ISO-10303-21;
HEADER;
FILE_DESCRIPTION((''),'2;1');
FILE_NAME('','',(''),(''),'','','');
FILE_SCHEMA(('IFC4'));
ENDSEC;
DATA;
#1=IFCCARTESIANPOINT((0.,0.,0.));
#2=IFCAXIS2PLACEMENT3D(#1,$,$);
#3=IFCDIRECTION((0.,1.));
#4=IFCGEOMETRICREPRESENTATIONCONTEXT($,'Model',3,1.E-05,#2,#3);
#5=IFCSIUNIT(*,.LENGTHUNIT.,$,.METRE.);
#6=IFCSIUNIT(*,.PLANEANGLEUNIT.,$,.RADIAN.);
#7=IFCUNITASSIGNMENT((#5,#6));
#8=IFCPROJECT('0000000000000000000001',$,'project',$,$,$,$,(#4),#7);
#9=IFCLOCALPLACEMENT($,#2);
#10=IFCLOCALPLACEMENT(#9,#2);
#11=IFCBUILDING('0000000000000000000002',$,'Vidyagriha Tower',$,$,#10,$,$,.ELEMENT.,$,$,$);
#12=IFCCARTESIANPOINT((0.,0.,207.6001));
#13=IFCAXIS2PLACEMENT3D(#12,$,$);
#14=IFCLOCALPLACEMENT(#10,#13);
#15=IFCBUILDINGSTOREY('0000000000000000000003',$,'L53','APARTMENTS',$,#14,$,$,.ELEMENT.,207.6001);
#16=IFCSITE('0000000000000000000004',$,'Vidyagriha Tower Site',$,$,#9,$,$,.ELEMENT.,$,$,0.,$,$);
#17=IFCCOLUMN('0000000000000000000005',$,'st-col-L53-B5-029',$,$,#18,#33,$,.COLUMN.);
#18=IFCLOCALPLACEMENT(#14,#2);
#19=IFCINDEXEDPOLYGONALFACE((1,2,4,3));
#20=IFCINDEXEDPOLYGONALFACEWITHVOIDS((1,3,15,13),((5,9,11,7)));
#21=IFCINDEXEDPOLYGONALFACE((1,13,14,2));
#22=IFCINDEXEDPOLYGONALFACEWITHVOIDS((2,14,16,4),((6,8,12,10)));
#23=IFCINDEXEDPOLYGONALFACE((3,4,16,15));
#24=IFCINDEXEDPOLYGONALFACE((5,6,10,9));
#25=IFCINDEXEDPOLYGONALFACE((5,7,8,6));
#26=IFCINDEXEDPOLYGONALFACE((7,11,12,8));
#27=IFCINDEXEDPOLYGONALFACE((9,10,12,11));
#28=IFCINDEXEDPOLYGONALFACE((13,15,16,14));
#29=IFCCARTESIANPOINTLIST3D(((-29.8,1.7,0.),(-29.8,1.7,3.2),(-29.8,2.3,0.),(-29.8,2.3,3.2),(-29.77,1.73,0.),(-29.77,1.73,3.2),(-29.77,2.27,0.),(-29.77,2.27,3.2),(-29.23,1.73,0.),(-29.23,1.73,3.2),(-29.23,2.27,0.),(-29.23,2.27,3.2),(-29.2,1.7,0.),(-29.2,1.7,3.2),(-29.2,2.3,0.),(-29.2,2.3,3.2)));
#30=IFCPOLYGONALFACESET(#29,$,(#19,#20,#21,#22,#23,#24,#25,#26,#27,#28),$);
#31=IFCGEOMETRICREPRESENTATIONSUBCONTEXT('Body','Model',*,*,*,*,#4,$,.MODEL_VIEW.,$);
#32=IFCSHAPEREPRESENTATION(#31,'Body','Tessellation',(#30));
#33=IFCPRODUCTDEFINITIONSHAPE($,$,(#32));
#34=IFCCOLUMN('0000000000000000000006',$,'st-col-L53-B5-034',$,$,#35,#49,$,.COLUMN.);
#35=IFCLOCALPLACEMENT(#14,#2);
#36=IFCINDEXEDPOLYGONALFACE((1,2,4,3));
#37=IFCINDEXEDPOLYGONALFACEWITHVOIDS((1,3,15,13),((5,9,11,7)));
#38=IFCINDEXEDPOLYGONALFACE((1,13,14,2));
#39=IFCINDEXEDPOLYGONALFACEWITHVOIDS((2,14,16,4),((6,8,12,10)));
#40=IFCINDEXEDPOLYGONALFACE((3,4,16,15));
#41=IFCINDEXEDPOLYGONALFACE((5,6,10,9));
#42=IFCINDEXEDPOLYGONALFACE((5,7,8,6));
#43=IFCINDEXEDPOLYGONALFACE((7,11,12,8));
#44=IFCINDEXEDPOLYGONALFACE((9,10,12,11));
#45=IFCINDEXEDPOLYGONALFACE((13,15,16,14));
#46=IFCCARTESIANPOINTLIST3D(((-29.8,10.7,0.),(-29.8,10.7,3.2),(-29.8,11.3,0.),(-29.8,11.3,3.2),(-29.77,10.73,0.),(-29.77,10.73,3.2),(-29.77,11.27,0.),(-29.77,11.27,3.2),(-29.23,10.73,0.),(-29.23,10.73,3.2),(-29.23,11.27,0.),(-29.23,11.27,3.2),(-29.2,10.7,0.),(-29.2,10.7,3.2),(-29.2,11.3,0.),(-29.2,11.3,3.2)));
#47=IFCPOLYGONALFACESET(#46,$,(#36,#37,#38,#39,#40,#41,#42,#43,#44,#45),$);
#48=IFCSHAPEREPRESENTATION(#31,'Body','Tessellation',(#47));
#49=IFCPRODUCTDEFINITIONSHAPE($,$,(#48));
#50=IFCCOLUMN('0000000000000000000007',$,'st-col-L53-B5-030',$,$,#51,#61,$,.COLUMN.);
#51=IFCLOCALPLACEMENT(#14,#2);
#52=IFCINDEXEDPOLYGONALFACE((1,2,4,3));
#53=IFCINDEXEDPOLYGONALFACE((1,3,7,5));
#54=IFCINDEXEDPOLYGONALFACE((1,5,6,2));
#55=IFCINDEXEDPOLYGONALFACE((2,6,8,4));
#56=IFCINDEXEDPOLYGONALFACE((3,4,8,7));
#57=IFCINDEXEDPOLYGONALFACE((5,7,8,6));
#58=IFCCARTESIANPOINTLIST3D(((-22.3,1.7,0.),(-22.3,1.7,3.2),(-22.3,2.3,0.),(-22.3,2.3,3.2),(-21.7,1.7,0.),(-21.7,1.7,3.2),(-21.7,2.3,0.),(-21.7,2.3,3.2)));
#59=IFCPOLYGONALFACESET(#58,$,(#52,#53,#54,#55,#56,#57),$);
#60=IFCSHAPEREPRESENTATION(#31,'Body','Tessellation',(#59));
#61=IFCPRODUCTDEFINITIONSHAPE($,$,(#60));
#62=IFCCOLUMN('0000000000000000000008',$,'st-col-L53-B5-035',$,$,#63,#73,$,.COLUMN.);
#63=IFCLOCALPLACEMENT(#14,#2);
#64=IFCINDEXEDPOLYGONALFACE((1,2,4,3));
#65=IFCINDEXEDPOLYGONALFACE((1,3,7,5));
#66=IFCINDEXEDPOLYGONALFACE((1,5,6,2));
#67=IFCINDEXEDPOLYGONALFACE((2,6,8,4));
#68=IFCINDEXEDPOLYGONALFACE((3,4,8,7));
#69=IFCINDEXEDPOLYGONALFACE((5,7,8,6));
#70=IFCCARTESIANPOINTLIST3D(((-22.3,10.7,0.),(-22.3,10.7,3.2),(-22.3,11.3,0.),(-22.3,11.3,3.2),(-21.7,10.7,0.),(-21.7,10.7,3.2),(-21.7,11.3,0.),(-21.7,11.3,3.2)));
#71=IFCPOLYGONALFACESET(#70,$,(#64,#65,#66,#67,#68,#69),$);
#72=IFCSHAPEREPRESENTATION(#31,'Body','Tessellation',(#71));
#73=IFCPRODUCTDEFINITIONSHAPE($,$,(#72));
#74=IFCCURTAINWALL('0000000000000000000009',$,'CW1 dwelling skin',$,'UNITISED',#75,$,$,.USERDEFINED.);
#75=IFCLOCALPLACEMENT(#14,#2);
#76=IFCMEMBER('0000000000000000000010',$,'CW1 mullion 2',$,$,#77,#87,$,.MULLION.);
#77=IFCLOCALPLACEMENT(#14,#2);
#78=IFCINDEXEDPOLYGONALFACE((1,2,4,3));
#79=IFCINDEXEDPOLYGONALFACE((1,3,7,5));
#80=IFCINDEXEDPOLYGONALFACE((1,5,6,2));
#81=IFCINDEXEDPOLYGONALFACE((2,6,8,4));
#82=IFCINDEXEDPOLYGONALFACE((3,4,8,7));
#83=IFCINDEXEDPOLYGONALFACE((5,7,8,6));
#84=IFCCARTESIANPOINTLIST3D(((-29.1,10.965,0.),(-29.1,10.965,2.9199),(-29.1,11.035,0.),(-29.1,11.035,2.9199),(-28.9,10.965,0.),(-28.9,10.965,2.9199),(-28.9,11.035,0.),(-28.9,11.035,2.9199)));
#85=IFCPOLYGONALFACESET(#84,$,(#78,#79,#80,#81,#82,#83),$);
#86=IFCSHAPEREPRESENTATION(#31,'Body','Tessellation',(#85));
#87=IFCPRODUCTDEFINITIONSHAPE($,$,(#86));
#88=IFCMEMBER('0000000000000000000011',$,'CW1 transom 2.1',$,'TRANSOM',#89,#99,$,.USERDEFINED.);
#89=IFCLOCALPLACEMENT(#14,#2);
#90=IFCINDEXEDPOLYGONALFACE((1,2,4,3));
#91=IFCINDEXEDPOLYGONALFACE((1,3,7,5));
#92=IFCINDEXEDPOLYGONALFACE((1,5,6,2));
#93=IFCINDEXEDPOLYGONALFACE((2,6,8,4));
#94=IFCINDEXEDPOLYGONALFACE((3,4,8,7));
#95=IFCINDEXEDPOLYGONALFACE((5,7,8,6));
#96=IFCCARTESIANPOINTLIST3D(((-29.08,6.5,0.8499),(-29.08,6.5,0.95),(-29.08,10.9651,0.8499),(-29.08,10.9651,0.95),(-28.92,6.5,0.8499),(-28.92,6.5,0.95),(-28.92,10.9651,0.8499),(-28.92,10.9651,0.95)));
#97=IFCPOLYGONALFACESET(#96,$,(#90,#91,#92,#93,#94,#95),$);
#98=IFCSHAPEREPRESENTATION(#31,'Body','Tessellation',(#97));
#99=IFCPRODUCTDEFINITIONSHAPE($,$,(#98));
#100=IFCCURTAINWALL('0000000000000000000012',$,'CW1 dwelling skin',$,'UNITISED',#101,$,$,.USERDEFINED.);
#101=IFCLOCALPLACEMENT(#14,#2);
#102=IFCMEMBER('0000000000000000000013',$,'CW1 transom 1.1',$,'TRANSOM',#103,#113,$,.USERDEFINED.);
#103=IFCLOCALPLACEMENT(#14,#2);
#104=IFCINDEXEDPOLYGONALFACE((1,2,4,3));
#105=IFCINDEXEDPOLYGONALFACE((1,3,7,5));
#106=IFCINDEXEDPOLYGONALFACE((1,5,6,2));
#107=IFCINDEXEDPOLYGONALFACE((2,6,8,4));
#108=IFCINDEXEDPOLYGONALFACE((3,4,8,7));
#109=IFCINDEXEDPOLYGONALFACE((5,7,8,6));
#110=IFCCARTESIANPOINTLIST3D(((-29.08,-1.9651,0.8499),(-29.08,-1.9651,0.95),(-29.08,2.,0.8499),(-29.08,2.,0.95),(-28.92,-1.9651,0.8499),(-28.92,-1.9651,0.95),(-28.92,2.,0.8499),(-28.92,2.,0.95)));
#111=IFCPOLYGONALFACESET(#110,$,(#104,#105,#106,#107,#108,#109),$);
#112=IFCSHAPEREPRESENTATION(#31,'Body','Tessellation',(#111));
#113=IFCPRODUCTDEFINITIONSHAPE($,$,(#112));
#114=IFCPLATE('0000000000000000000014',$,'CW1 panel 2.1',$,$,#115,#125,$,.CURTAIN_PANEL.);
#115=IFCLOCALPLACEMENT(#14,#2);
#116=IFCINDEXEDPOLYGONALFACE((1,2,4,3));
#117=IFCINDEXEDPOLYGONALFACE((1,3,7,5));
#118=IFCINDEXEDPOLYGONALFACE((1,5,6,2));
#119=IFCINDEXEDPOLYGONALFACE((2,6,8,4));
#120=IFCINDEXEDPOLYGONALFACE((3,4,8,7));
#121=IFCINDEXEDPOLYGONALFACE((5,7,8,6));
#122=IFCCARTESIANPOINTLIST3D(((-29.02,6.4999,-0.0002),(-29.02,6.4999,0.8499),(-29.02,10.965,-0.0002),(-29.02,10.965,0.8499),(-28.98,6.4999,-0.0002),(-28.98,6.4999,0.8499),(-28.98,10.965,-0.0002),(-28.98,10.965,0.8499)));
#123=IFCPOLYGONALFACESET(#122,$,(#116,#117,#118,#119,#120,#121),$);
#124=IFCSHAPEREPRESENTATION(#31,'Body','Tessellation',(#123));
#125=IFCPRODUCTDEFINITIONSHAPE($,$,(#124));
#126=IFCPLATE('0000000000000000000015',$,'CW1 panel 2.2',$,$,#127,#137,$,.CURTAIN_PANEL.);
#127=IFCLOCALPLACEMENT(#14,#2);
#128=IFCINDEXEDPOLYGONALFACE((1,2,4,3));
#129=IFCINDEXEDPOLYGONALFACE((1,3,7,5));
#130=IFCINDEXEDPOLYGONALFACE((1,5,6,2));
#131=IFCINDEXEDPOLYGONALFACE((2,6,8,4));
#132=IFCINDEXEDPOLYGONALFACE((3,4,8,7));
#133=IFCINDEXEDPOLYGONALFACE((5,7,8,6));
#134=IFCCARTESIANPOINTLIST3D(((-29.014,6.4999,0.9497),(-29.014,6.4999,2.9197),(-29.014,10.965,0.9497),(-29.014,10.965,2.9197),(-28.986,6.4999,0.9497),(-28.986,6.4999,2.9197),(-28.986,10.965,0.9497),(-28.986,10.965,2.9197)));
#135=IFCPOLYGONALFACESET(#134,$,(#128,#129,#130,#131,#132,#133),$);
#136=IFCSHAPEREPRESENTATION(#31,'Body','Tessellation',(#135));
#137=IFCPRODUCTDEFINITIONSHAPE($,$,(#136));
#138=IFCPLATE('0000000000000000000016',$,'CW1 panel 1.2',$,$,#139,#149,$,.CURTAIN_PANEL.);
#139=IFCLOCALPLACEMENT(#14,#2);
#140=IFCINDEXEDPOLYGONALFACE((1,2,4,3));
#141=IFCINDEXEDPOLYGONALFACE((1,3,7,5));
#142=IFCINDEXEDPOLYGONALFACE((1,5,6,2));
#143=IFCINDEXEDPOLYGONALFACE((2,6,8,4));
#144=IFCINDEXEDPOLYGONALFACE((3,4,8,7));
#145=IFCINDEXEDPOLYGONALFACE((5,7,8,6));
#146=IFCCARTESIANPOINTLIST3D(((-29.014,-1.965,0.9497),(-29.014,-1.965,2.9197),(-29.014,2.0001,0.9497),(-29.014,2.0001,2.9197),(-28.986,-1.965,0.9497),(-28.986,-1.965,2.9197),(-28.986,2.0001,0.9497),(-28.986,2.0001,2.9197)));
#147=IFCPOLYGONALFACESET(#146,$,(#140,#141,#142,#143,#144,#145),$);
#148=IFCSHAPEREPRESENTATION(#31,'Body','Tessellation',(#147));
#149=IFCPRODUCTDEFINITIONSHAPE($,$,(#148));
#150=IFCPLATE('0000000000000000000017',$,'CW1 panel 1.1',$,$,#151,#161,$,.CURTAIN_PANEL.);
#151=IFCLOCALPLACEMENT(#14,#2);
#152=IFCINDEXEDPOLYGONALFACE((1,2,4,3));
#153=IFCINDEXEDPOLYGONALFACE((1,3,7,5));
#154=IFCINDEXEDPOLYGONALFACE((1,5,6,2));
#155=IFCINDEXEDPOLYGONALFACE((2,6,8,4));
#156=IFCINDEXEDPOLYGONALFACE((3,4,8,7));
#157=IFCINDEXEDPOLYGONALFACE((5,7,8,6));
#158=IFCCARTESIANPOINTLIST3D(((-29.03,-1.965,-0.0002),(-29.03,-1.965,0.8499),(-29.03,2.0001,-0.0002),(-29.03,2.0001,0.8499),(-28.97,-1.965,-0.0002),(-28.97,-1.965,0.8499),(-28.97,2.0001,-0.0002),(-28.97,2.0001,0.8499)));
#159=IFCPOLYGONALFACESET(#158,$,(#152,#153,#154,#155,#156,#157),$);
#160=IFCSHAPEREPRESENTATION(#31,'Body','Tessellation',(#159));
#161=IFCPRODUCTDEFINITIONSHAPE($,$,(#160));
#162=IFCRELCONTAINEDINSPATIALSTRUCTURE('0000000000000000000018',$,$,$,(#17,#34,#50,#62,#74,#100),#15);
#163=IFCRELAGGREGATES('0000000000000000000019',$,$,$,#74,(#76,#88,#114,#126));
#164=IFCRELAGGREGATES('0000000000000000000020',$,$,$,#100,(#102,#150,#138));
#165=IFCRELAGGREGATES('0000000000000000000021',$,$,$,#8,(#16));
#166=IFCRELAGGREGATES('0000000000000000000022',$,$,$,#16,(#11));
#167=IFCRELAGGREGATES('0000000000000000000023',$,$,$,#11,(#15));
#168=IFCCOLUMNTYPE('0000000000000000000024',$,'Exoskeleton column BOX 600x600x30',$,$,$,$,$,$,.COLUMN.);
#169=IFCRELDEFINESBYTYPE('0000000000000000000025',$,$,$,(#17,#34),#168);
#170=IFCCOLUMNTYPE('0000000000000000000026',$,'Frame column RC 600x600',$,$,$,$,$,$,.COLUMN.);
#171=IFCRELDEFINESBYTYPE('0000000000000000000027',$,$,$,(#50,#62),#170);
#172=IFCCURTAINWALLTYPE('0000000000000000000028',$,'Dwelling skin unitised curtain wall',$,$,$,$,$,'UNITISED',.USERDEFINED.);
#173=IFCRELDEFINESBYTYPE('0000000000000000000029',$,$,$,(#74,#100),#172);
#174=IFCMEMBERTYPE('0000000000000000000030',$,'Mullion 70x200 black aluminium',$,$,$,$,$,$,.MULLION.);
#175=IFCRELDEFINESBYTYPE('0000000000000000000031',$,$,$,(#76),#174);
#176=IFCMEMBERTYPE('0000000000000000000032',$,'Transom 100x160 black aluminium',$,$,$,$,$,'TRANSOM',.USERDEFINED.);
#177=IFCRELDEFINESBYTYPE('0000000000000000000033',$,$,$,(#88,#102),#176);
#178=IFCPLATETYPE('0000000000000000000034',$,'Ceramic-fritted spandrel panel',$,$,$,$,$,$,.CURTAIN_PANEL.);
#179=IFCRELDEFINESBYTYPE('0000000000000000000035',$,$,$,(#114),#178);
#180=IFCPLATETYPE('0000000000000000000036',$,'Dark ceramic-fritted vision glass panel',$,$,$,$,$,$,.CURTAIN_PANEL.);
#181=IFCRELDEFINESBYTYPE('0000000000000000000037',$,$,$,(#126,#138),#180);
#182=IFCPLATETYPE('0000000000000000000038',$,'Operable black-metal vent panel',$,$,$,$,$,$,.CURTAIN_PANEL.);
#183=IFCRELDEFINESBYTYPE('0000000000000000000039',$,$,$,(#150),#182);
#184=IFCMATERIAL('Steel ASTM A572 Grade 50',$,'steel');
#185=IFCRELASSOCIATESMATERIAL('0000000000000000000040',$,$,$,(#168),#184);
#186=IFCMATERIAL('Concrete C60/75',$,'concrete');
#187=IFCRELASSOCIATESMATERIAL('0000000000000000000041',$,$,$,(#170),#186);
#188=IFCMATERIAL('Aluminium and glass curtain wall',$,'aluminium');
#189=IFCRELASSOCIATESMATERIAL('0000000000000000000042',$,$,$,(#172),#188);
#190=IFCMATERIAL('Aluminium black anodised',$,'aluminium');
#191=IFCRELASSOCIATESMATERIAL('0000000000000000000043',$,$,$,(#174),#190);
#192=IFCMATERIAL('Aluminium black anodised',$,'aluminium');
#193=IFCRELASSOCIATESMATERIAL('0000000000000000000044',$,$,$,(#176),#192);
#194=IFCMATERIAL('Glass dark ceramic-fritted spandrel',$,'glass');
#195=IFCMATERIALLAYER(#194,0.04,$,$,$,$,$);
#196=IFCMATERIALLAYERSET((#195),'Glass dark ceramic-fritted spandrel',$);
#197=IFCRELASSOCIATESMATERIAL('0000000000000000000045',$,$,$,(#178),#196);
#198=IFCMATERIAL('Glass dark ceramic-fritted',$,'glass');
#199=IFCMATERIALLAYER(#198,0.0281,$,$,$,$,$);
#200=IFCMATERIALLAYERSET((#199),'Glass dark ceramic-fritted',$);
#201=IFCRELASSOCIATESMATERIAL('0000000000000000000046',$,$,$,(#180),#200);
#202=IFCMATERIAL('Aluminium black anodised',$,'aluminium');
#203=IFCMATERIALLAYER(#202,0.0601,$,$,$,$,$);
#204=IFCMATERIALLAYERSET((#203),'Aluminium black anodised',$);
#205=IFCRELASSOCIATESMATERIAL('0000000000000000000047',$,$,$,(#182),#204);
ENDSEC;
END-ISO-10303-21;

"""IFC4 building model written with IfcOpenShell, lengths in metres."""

from ifc_helpers import new_model, si_unit, direction, frame, origin, origin_2d, place, context, subcontext, project, spatial, rectangle, hollow_rectangle, extrude, material, layer, layer_set, material_profile, profile_set, type_object, element, aggregate, save


model = new_model("IFC4")

# Units and contexts
model_context = context("Model", 3, precision=1e-05, world=origin(), true_north=direction((0.0, 1.0)))
body_context = subcontext(model_context, "Body", "Model", "MODEL_VIEW")
ifc_project = project(units=[si_unit("LENGTHUNIT", "METRE"), si_unit("PLANEANGLEUNIT", "RADIAN")], contexts=[model_context])

# Site, building, storey
site_placement = place(None, origin())
site = spatial("IfcSite", under=ifc_project, at=site_placement, Name="Vidyagriha Tower Site", CompositionType="ELEMENT", RefElevation=0.0)
building_placement = place(site_placement, origin())
building = spatial("IfcBuilding", under=site, at=building_placement, Name="Vidyagriha Tower", CompositionType="ELEMENT")
storey_placement = place(building_placement, frame((0.0, 0.0, 207.6001)))
storey = spatial("IfcBuildingStorey", under=building, at=storey_placement, Name="L53", Description="APARTMENTS", CompositionType="ELEMENT", Elevation=207.6001)

# Columns
ifc_material_1 = material(Name="Steel ASTM A572 Grade 50", Category="steel")
ifc_material_profile_1 = material_profile(ifc_material_1, hollow_rectangle(XDim=0.6001, YDim=0.6001, WallThickness=0.03, at=origin_2d()), Name="BOX 600x600x30")
ifc_profile_set_1 = profile_set([ifc_material_profile_1], Name="Steel ASTM A572 Grade 50")
column_type_1 = type_object("IfcColumnType", Name="Exoskeleton column BOX 600x600x30", PredefinedType="COLUMN", material=ifc_profile_set_1)
for number, where, name in (
    (1, (-29.5, 2.0, 0.0), "st-col-L53-B5-029"),
    (2, (-29.5, 11.0, 0.0), "st-col-L53-B5-034"),
):
    element("IfcColumn", number, at=place(storey_placement, frame(where)), inside=storey, type_object=column_type_1, Name=name, PredefinedType="COLUMN", context=body_context, shape_type="SweptSolid", body=[
        extrude(hollow_rectangle(XDim=0.6001, YDim=0.6001, WallThickness=0.03, at=origin_2d()), origin(), (0.0, 0.0, 1.0), 3.2),
    ])
ifc_material_2 = material(Name="Concrete C60/75", Category="concrete")
ifc_material_profile_2 = material_profile(ifc_material_2, rectangle(XDim=0.6001, YDim=0.6001, at=origin_2d()), Name="RC 600x600")
ifc_profile_set_2 = profile_set([ifc_material_profile_2], Name="Concrete C60/75")
column_type_2 = type_object("IfcColumnType", Name="Frame column RC 600x600", PredefinedType="COLUMN", material=ifc_profile_set_2)
for number, where, name in (
    (3, (-22.0, 2.0, 0.0), "st-col-L53-B5-030"),
    (4, (-22.0, 11.0, 0.0), "st-col-L53-B5-035"),
):
    element("IfcColumn", number, at=place(storey_placement, frame(where)), inside=storey, type_object=column_type_2, Name=name, PredefinedType="COLUMN", context=body_context, shape_type="SweptSolid", body=[
        extrude(rectangle(XDim=0.6001, YDim=0.6001, at=origin_2d()), origin(), (0.0, 0.0, 1.0), 3.2),
    ])

# Curtain wall, members
ifc_material_3 = material(Name="Aluminium and glass curtain wall", Category="aluminium")
curtain_wall_type = type_object("IfcCurtainWallType", Name="Dwelling skin unitised curtain wall", ElementType="UNITISED", PredefinedType="USERDEFINED", material=ifc_material_3)
curtain_wall_1_placement = place(storey_placement, origin())
curtain_wall_1 = element("IfcCurtainWall", 5, at=curtain_wall_1_placement, inside=storey, type_object=curtain_wall_type, Name="CW1 dwelling skin", ObjectType="UNITISED", PredefinedType="USERDEFINED")
ifc_material_4 = material(Name="Aluminium black anodised", Category="aluminium")
ifc_material_profile_3 = material_profile(ifc_material_4, rectangle(XDim=0.2, YDim=0.0701, at=origin_2d()), Name="Mullion 70x200 black aluminium")
ifc_profile_set_3 = profile_set([ifc_material_profile_3], Name="Aluminium black anodised")
member_type_1 = type_object("IfcMemberType", Name="Mullion 70x200 black aluminium", PredefinedType="MULLION", material=ifc_profile_set_3)
member_1_placement = place(storey_placement, frame((-29.0, 11.0, 0.0)))
member_1 = element("IfcMember", 6, at=member_1_placement, type_object=member_type_1, Name="CW1 mullion 2", PredefinedType="MULLION", context=body_context, shape_type="SweptSolid", body=[
    extrude(rectangle(XDim=0.2, YDim=0.0701, at=origin_2d()), origin(), (0.0, 0.0, 1.0), 2.9199),
])
ifc_material_5 = material(Name="Aluminium black anodised", Category="aluminium")
ifc_material_profile_4 = material_profile(ifc_material_5, rectangle(XDim=0.1599, YDim=0.1001, at=origin_2d()), Name="Transom 100x160 black aluminium")
ifc_profile_set_4 = profile_set([ifc_material_profile_4], Name="Aluminium black anodised")
member_type_2 = type_object("IfcMemberType", Name="Transom 100x160 black aluminium", ElementType="TRANSOM", PredefinedType="USERDEFINED", material=ifc_profile_set_4)
member_2_placement = place(storey_placement, frame((-29.0, 10.9651, 0.8999), z_axis=(0.0, -1.0, 0.0), x_axis=(1.0, 0.0, 0.0)))
member_2 = element("IfcMember", 7, at=member_2_placement, type_object=member_type_2, Name="CW1 transom 2.1", ObjectType="TRANSOM", PredefinedType="USERDEFINED", context=body_context, shape_type="SweptSolid", body=[
    extrude(rectangle(XDim=0.1599, YDim=0.1001, at=origin_2d()), origin(), (0.0, 0.0, 1.0), 4.4651),
])

# Curtain wall, member
curtain_wall_2_placement = place(storey_placement, origin())
curtain_wall_2 = element("IfcCurtainWall", 8, at=curtain_wall_2_placement, inside=storey, type_object=curtain_wall_type, Name="CW1 dwelling skin", ObjectType="UNITISED", PredefinedType="USERDEFINED")
member_3_placement = place(storey_placement, frame((-29.0, 2.0, 0.8999), z_axis=(0.0, -1.0, 0.0), x_axis=(1.0, 0.0, 0.0)))
member_3 = element("IfcMember", 9, at=member_3_placement, type_object=member_type_2, Name="CW1 transom 1.1", ObjectType="TRANSOM", PredefinedType="USERDEFINED", context=body_context, shape_type="SweptSolid", body=[
    extrude(rectangle(XDim=0.1599, YDim=0.1001, at=origin_2d()), origin(), (0.0, 0.0, 1.0), 3.9651),
])

# Plates
ifc_material_6 = material(Name="Glass dark ceramic-fritted spandrel", Category="glass")
ifc_layer_1 = layer(ifc_material_6, 0.04)
ifc_layer_set_1 = layer_set([ifc_layer_1], Name="Glass dark ceramic-fritted spandrel")
plate_type_1 = type_object("IfcPlateType", Name="Ceramic-fritted spandrel panel", PredefinedType="CURTAIN_PANEL", material=ifc_layer_set_1)
plate_1_placement = place(storey_placement, frame((-29.0, 8.7324, -0.0002), z_axis=(0.0, 0.0, 1.0), x_axis=(0.0, -1.0, 0.0)))
plate_1 = element("IfcPlate", 10, at=plate_1_placement, type_object=plate_type_1, Name="CW1 panel 2.1", PredefinedType="CURTAIN_PANEL", context=body_context, shape_type="SweptSolid", body=[
    extrude(rectangle(XDim=4.4651, YDim=0.04, at=origin_2d()), origin(), (0.0, 0.0, 1.0), 0.8501),
])
ifc_material_7 = material(Name="Glass dark ceramic-fritted", Category="glass")
ifc_layer_2 = layer(ifc_material_7, 0.0281)
ifc_layer_set_2 = layer_set([ifc_layer_2], Name="Glass dark ceramic-fritted")
plate_type_2 = type_object("IfcPlateType", Name="Dark ceramic-fritted vision glass panel", PredefinedType="CURTAIN_PANEL", material=ifc_layer_set_2)
plate_2_placement = place(storey_placement, frame((-29.0, 8.7324, 0.9497), z_axis=(0.0, 0.0, 1.0), x_axis=(0.0, -1.0, 0.0)))
plate_2 = element("IfcPlate", 11, at=plate_2_placement, type_object=plate_type_2, Name="CW1 panel 2.2", PredefinedType="CURTAIN_PANEL", context=body_context, shape_type="SweptSolid", body=[
    extrude(rectangle(XDim=4.4651, YDim=0.0281, at=origin_2d()), origin(), (0.0, 0.0, 1.0), 1.97),
])
aggregate(curtain_wall_1, [member_1, member_2, plate_1, plate_2])
plate_3_placement = place(storey_placement, frame((-29.0, 0.0176, 0.9497), z_axis=(0.0, 0.0, 1.0), x_axis=(0.0, -1.0, 0.0)))
plate_3 = element("IfcPlate", 12, at=plate_3_placement, type_object=plate_type_2, Name="CW1 panel 1.2", PredefinedType="CURTAIN_PANEL", context=body_context, shape_type="SweptSolid", body=[
    extrude(rectangle(XDim=3.9651, YDim=0.0281, at=origin_2d()), origin(), (0.0, 0.0, 1.0), 1.97),
])
ifc_material_8 = material(Name="Aluminium black anodised", Category="aluminium")
ifc_layer_3 = layer(ifc_material_8, 0.0601)
ifc_layer_set_3 = layer_set([ifc_layer_3], Name="Aluminium black anodised")
plate_type_3 = type_object("IfcPlateType", Name="Operable black-metal vent panel", PredefinedType="CURTAIN_PANEL", material=ifc_layer_set_3)
plate_4_placement = place(storey_placement, frame((-29.0, 0.0176, -0.0002), z_axis=(0.0, 0.0, 1.0), x_axis=(0.0, -1.0, 0.0)))
plate_4 = element("IfcPlate", 13, at=plate_4_placement, type_object=plate_type_3, Name="CW1 panel 1.1", PredefinedType="CURTAIN_PANEL", context=body_context, shape_type="SweptSolid", body=[
    extrude(rectangle(XDim=3.9651, YDim=0.0601, at=origin_2d()), origin(), (0.0, 0.0, 1.0), 0.8501),
])
aggregate(curtain_wall_2, [member_3, plate_4, plate_3])

save(model, "model.ifc")
